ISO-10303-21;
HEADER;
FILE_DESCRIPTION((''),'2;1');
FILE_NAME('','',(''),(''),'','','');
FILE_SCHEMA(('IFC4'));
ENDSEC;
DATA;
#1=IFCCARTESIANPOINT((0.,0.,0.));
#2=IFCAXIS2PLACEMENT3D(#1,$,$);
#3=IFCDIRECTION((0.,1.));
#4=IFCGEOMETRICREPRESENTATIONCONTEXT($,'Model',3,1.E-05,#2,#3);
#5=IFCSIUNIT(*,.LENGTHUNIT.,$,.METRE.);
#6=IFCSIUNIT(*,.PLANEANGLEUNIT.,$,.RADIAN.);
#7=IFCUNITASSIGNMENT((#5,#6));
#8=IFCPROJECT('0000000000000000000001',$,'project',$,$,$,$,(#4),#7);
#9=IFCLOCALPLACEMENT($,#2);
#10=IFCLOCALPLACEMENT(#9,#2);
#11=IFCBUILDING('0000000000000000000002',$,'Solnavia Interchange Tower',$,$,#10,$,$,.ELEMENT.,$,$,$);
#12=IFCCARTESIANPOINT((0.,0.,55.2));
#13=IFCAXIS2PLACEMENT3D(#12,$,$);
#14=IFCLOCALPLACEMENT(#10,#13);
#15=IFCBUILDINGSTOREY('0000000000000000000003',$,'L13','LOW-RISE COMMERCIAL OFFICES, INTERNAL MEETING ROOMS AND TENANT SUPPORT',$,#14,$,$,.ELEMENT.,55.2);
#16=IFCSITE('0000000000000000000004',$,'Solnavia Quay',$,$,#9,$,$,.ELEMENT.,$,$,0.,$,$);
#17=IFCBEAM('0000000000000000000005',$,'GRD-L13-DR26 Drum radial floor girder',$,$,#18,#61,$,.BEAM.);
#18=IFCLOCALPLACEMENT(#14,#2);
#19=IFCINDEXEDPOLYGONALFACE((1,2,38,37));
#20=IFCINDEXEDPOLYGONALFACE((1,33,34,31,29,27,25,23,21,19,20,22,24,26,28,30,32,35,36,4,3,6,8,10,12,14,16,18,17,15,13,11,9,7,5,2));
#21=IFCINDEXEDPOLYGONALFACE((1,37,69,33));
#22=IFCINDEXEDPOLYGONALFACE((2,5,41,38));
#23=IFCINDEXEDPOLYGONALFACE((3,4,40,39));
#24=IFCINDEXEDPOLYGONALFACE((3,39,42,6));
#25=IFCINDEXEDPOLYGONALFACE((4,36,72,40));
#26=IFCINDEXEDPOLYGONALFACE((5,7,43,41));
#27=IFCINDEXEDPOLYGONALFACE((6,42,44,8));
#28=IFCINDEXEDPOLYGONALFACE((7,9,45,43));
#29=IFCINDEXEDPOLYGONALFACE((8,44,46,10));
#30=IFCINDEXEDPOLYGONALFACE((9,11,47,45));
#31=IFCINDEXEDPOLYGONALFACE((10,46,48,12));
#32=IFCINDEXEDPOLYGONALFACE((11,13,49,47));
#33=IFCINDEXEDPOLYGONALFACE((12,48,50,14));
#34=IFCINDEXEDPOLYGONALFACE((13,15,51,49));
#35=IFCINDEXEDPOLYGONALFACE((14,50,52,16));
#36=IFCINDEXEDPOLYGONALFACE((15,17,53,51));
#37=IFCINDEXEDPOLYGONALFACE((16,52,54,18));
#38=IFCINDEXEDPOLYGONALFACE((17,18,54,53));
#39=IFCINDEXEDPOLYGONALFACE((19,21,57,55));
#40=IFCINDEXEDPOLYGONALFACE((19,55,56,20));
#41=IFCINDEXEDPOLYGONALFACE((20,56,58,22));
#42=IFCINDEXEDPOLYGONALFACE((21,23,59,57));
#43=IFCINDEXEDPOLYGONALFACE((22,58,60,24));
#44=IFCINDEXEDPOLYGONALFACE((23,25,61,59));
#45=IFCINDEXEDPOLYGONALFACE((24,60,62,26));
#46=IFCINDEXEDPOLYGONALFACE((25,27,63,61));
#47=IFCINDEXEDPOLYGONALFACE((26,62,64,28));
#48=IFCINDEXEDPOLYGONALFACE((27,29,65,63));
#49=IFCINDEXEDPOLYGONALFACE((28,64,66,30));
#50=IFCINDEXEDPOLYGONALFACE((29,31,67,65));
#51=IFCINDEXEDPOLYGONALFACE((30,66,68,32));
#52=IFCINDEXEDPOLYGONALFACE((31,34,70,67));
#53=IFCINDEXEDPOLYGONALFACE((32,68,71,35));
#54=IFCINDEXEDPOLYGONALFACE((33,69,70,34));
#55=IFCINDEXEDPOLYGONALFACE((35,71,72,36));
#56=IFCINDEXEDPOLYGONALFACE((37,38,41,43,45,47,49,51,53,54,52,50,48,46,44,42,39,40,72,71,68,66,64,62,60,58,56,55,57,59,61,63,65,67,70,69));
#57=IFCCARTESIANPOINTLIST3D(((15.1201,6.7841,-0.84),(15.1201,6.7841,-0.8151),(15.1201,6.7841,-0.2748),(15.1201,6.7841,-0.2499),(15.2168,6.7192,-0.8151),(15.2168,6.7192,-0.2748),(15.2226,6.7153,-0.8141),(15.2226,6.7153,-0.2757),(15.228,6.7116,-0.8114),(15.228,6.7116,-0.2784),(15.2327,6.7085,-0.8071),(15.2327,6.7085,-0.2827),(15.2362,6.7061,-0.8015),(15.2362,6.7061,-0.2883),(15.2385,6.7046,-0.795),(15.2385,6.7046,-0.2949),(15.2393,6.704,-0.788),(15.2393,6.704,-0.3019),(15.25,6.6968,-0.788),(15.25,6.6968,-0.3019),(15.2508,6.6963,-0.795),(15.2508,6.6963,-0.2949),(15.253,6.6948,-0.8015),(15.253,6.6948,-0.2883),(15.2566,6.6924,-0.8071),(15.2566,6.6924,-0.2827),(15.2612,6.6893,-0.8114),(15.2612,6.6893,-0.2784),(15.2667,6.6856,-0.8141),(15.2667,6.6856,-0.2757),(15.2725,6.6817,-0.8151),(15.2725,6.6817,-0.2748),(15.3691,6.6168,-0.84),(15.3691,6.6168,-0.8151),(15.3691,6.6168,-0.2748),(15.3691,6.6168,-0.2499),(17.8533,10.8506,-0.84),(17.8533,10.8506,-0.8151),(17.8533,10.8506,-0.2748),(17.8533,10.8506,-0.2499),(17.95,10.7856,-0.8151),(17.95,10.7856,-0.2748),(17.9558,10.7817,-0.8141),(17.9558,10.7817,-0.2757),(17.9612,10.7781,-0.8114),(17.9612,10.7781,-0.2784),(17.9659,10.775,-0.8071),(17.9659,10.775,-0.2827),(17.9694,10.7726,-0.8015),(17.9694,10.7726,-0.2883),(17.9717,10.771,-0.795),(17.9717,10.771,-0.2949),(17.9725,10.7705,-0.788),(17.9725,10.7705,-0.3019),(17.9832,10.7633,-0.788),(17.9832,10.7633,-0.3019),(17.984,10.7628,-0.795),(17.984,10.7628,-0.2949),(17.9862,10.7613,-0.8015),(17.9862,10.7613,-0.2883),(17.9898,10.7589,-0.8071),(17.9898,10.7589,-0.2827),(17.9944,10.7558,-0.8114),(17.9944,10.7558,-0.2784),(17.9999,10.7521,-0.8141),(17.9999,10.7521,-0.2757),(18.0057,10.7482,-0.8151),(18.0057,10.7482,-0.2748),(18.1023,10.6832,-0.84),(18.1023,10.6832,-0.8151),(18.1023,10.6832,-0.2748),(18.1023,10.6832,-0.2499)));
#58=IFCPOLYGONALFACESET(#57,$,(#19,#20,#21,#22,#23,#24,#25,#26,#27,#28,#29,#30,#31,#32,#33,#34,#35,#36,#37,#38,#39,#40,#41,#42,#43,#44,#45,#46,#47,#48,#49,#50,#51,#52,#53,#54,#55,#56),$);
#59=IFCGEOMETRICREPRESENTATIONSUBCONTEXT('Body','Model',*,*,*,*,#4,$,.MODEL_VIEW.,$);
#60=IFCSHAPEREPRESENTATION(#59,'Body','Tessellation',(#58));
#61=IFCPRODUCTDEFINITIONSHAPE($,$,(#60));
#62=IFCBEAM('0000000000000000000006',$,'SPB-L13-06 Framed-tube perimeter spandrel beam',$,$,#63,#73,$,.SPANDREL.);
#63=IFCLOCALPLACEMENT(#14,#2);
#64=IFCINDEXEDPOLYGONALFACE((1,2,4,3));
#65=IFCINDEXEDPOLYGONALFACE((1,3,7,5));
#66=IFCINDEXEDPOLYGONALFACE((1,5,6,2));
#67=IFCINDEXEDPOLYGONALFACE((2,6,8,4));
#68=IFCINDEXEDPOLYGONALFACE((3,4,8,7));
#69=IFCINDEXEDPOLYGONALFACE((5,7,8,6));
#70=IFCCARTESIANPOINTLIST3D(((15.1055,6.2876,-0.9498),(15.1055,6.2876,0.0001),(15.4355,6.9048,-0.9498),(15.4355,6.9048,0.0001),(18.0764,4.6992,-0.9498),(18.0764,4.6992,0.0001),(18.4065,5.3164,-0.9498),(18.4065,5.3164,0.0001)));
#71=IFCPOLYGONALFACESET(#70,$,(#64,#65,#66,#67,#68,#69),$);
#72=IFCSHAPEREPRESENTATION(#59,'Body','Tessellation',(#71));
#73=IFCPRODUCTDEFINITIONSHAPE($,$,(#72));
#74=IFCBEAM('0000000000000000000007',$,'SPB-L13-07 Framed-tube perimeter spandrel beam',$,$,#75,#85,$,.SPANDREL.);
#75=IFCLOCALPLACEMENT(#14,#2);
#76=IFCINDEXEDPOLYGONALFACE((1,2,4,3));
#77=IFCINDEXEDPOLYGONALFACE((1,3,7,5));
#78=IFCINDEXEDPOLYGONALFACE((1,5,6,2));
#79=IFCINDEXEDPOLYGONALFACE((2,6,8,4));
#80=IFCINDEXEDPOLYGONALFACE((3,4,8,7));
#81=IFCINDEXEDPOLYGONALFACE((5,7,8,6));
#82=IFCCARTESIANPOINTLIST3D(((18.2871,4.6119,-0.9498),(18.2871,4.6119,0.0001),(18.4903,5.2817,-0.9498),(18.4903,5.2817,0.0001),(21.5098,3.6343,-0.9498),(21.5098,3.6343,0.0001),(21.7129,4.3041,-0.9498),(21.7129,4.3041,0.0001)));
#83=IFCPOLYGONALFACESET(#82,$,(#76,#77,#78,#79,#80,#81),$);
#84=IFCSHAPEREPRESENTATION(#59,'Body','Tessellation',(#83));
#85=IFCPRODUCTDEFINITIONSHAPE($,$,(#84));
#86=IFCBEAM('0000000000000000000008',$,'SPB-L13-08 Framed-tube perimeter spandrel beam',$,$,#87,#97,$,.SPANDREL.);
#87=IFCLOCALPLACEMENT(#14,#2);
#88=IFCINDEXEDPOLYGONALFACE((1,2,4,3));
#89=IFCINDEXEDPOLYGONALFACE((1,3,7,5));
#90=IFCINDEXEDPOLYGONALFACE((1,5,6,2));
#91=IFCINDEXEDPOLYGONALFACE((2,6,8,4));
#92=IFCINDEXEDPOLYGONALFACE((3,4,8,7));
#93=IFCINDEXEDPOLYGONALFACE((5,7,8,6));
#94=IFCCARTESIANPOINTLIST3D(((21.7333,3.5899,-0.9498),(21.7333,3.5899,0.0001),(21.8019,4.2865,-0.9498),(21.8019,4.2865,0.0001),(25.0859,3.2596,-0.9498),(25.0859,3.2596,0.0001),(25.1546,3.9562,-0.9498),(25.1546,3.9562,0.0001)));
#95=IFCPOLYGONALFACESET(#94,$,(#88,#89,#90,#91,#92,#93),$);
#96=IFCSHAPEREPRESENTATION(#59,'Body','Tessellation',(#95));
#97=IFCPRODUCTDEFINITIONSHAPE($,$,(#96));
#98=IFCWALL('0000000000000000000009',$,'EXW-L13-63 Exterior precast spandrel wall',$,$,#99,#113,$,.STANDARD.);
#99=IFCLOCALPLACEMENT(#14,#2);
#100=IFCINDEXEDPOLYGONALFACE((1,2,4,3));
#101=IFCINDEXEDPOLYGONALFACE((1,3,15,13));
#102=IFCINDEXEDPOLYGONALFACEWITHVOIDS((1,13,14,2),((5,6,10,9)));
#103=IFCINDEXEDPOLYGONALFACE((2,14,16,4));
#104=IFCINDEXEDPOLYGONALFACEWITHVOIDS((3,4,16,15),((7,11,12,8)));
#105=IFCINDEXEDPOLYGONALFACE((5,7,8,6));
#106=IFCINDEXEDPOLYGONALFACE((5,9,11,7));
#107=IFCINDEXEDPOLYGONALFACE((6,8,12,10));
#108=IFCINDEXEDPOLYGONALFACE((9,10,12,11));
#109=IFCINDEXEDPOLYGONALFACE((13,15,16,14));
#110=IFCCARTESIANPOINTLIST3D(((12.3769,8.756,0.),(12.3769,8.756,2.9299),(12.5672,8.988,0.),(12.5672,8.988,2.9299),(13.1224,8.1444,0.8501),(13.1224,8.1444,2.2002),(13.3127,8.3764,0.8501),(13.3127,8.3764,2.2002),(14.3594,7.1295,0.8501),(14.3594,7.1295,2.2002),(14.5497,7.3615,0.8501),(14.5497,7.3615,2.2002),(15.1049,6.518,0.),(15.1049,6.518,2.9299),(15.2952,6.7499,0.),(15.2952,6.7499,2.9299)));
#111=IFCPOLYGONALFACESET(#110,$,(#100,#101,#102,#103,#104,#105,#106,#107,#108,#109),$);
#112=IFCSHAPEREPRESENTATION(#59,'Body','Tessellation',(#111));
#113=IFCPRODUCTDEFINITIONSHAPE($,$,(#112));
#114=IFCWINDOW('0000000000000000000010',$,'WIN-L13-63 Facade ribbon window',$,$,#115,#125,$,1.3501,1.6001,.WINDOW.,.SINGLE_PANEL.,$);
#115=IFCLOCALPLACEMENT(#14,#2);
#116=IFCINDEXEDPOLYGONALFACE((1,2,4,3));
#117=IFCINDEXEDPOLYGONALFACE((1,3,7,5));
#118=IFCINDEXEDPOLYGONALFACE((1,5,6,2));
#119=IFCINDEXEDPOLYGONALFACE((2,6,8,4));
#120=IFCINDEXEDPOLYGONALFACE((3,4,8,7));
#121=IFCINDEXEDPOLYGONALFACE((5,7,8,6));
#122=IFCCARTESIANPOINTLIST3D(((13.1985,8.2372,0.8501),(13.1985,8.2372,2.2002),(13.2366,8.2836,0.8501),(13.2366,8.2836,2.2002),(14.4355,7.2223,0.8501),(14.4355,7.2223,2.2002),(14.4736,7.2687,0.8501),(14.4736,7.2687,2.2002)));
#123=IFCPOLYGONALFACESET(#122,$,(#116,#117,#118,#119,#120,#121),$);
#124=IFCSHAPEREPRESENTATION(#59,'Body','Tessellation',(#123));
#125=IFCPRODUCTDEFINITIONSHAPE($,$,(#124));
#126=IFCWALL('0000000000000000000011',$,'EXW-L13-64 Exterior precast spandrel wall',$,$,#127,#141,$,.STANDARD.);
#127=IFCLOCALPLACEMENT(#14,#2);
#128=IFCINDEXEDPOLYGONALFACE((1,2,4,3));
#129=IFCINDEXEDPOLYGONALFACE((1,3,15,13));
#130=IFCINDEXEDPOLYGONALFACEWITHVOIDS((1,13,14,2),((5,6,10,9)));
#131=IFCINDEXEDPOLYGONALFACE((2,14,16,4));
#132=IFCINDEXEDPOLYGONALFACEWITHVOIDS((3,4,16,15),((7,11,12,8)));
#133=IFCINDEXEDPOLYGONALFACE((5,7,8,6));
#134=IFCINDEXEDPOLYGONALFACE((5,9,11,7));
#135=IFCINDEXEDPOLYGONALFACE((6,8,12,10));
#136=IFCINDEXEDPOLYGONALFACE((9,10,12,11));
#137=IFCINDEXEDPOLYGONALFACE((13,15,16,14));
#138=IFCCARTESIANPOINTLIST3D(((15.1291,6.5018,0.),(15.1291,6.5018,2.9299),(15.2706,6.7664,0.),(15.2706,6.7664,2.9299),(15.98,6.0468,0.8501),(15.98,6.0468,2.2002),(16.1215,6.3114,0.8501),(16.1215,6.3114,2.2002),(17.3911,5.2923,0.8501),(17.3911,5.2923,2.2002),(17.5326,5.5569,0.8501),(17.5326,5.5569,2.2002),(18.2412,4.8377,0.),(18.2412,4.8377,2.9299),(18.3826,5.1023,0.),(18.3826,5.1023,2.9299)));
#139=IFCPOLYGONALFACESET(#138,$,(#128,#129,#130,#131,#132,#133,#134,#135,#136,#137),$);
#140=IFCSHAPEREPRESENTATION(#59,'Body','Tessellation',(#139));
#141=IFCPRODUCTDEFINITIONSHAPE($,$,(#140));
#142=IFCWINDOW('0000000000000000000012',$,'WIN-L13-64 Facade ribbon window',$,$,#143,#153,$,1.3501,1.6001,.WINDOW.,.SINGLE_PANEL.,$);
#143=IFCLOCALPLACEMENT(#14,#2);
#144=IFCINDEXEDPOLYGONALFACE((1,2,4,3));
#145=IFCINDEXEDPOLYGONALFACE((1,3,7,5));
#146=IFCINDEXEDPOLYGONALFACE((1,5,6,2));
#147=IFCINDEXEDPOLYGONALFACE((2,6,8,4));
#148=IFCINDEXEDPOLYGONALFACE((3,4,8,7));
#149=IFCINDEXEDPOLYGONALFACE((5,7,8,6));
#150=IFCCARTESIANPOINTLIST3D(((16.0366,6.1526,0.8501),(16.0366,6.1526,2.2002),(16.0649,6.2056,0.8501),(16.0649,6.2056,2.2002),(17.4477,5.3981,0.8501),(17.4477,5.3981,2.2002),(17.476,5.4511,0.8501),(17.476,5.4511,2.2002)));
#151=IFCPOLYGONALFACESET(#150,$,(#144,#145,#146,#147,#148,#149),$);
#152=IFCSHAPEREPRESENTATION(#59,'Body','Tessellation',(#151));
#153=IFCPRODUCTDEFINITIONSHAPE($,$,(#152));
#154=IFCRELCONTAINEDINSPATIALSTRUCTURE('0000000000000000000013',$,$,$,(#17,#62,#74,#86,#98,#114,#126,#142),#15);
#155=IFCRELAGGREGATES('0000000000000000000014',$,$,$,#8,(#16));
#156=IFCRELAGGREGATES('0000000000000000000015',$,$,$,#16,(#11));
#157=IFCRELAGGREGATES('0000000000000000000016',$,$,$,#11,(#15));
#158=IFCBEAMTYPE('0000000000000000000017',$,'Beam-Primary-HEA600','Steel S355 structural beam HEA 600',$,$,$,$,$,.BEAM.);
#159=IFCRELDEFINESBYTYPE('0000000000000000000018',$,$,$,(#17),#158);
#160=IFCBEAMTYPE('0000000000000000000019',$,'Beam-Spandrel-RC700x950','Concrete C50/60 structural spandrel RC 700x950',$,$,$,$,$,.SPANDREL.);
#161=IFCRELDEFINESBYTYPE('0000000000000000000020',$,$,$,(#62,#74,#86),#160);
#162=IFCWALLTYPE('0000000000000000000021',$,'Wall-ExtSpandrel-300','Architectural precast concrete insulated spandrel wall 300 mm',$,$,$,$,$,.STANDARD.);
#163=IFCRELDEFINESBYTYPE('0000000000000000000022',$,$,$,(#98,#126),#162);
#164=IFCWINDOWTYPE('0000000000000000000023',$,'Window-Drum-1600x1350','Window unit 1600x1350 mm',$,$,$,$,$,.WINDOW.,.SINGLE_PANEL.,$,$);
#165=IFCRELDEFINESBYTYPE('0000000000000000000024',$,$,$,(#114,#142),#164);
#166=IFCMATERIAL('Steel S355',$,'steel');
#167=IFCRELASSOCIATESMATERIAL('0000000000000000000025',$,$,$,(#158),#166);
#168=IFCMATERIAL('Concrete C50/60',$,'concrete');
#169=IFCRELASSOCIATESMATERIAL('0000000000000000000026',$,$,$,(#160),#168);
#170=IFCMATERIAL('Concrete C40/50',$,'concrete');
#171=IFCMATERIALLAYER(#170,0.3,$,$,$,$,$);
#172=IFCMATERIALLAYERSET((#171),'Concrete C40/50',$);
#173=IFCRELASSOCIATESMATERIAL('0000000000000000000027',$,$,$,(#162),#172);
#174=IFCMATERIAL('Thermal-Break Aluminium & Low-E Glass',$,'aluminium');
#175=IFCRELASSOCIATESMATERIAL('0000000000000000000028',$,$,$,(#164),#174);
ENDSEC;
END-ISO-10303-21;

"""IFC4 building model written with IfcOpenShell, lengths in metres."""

from ifc_helpers import new_model, si_unit, direction, frame, frame_2d, origin, origin_2d, place, context, subcontext, project, spatial, rectangle, i_section, extrude, material, layer, layer_set, material_profile, profile_set, type_object, element, fill, save


model = new_model("IFC4")

# Units and contexts
model_context = context("Model", 3, precision=1e-05, world=origin(), true_north=direction((0.0, 1.0)))
body_context = subcontext(model_context, "Body", "Model", "MODEL_VIEW")
ifc_project = project(units=[si_unit("LENGTHUNIT", "METRE"), si_unit("PLANEANGLEUNIT", "RADIAN")], contexts=[model_context])

# Site, building, storey
site_placement = place(None, origin())
site = spatial("IfcSite", under=ifc_project, at=site_placement, Name="Solnavia Quay", CompositionType="ELEMENT", RefElevation=0.0)
building_placement = place(site_placement, origin())
building = spatial("IfcBuilding", under=site, at=building_placement, Name="Solnavia Interchange Tower", CompositionType="ELEMENT")
storey_placement = place(building_placement, frame((0.0, 0.0, 55.2)))
storey = spatial("IfcBuildingStorey", under=building, at=storey_placement, Name="L13", Description="LOW-RISE COMMERCIAL OFFICES, INTERNAL MEETING ROOMS AND TENANT SUPPORT", CompositionType="ELEMENT", Elevation=55.2)

# Shared definitions
ifc_material_1 = material(Name="Steel S355", Category="steel")

# Beams
ifc_material_profile_1 = material_profile(ifc_material_1, i_section(OverallWidth=0.3, OverallDepth=0.5901, WebThickness=0.0129, FlangeThickness=0.0249, FilletRadius=0.0271, at=origin_2d()), Name="HEA 600")
ifc_profile_set_1 = profile_set([ifc_material_profile_1], Name="Steel S355")
beam_type_1 = type_object("IfcBeamType", Name="Beam-Primary-HEA600", Description="Steel S355 structural beam HEA 600", PredefinedType="BEAM", material=ifc_profile_set_1)
beam_1_placement = place(storey_placement, frame((15.2446, 6.7004, -0.5449), z_axis=(0.557835, 0.829952, 0.0), x_axis=(-0.829952, 0.557835, 0.0)))
element("IfcBeam", 1, at=beam_1_placement, inside=storey, type_object=beam_type_1, Name="GRD-L13-DR26 Drum radial floor girder", PredefinedType="BEAM", context=body_context, shape_type="SweptSolid", body=[
    extrude(i_section(OverallWidth=0.3, OverallDepth=0.5901, WebThickness=0.0129, FlangeThickness=0.0249, FilletRadius=0.0271, at=origin_2d()), origin(), (0.0, 0.0, 1.0), 4.8997),
])
ifc_material_2 = material(Name="Concrete C50/60", Category="concrete")
ifc_material_profile_2 = material_profile(ifc_material_2, rectangle(XDim=0.7, YDim=0.95, at=origin_2d()), Name="RC 700x950")
ifc_profile_set_2 = profile_set([ifc_material_profile_2], Name="Concrete C50/60")
beam_type_2 = type_object("IfcBeamType", Name="Beam-Spandrel-RC700x950", Description="Concrete C50/60 structural spandrel RC 700x950", PredefinedType="SPANDREL", material=ifc_profile_set_2)
beam_2_placement = place(storey_placement, frame((15.2705, 6.5962, -0.4749), z_axis=(0.881875, -0.471483, 0.0), x_axis=(0.471483, 0.881875, 0.0)))
element("IfcBeam", 2, at=beam_2_placement, inside=storey, type_object=beam_type_2, Name="SPB-L13-06 Framed-tube perimeter spandrel beam", PredefinedType="SPANDREL", context=body_context, shape_type="SweptSolid", body=[
    extrude(rectangle(XDim=0.7, YDim=0.95, at=origin_2d()), origin(), (0.0, 0.0, 1.0), 3.3689),
])
beam_3_placement = place(storey_placement, frame((18.3887, 4.9468, -0.4749), z_axis=(0.956944, -0.290273, 0.0), x_axis=(0.290273, 0.956944, 0.0)))
element("IfcBeam", 3, at=beam_3_placement, inside=storey, type_object=beam_type_2, Name="SPB-L13-07 Framed-tube perimeter spandrel beam", PredefinedType="SPANDREL", context=body_context, shape_type="SweptSolid", body=[
    extrude(rectangle(XDim=0.7, YDim=0.95, at=origin_2d()), origin(), (0.0, 0.0, 1.0), 3.3677),
])
beam_4_placement = place(storey_placement, frame((21.7676, 3.9382, -0.4749), z_axis=(0.995182, -0.098047, 0.0), x_axis=(0.098047, 0.995182, 0.0)))
element("IfcBeam", 4, at=beam_4_placement, inside=storey, type_object=beam_type_2, Name="SPB-L13-08 Framed-tube perimeter spandrel beam", PredefinedType="SPANDREL", context=body_context, shape_type="SweptSolid", body=[
    extrude(rectangle(XDim=0.7, YDim=0.95, at=origin_2d()), origin(), (0.0, 0.0, 1.0), 3.3689),
])

# Walls, openings, windows
ifc_material_3 = material(Name="Concrete C40/50", Category="concrete")
ifc_layer_1 = layer(ifc_material_3, 0.3)
ifc_layer_set_1 = layer_set([ifc_layer_1], Name="Concrete C40/50")
wall_type_1 = type_object("IfcWallType", Name="Wall-ExtSpandrel-300", Description="Architectural precast concrete insulated spandrel wall 300 mm", PredefinedType="STANDARD", material=ifc_layer_set_1)
wall_1_placement = place(storey_placement, frame((15.2, 6.634, 0.0), z_axis=(0.0, 0.0, 1.0), x_axis=(-0.773121, 0.634258, 0.0)))
wall_1 = element("IfcWall", 5, at=wall_1_placement, inside=storey, type_object=wall_type_1, Name="EXW-L13-63 Exterior precast spandrel wall", PredefinedType="STANDARD", context=body_context, shape_type="SweptSolid", body=[
    extrude(rectangle(XDim=3.5286, YDim=0.3, at=frame_2d((1.7642, 0.0))), origin(), (0.0, 0.0, 1.0), 2.9299),
])
opening_1_placement = place(wall_1_placement, frame((0.9641, 0.0, 0.8501)))
opening_1 = element("IfcOpeningElement", 6, at=opening_1_placement, cuts=wall_1, PredefinedType="OPENING", context=body_context, shape_type="SweptSolid", body=[
    extrude(rectangle(XDim=1.6001, YDim=1.3501, at=frame_2d((0.8, 0.675))), frame((0.0, 0.1602, 0.0), z_axis=(0.0, -1.0, 0.0), x_axis=(1.0, 0.0, 0.0)), (0.0, 0.0, 1.0), 0.3201),
])
ifc_material_4 = material(Name="Thermal-Break Aluminium & Low-E Glass", Category="aluminium")
window_type = type_object("IfcWindowType", Name="Window-Drum-1600x1350", Description="Window unit 1600x1350 mm", PartitioningType="SINGLE_PANEL", PredefinedType="WINDOW", material=ifc_material_4)
window_1_placement = place(opening_1_placement, origin())
window_1 = element("IfcWindow", 7, at=window_1_placement, inside=storey, type_object=window_type, Name="WIN-L13-63 Facade ribbon window", OverallHeight=1.3501, OverallWidth=1.6001, PartitioningType="SINGLE_PANEL", PredefinedType="WINDOW", context=body_context, shape_type="SweptSolid", body=[
    extrude(rectangle(XDim=1.6001, YDim=1.3501, at=frame_2d((0.8, 0.675))), frame((0.0, 0.03, 0.0), z_axis=(0.0, -1.0, 0.0), x_axis=(1.0, 0.0, 0.0)), (0.0, 0.0, 1.0), 0.0601),
])
fill(opening_1, window_1)
wall_2_placement = place(storey_placement, frame((18.312, 4.97, 0.0), z_axis=(0.0, 0.0, 1.0), x_axis=(-0.881847, 0.471536, 0.0)))
wall_2 = element("IfcWall", 8, at=wall_2_placement, inside=storey, type_object=wall_type_1, Name="EXW-L13-64 Exterior precast spandrel wall", PredefinedType="STANDARD", context=body_context, shape_type="SweptSolid", body=[
    extrude(rectangle(XDim=3.5291, YDim=0.3, at=frame_2d((1.7646, 0.0))), origin(), (0.0, 0.0, 1.0), 2.9299),
])
opening_2_placement = place(wall_2_placement, frame((0.9641, 0.0, 0.8501)))
opening_2 = element("IfcOpeningElement", 9, at=opening_2_placement, cuts=wall_2, PredefinedType="OPENING", context=body_context, shape_type="SweptSolid", body=[
    extrude(rectangle(XDim=1.6001, YDim=1.3501, at=frame_2d((0.8, 0.675))), frame((0.0, 0.1602, 0.0), z_axis=(0.0, -1.0, 0.0), x_axis=(1.0, 0.0, 0.0)), (0.0, 0.0, 1.0), 0.3201),
])
window_2_placement = place(opening_2_placement, origin())
window_2 = element("IfcWindow", 10, at=window_2_placement, inside=storey, type_object=window_type, Name="WIN-L13-64 Facade ribbon window", OverallHeight=1.3501, OverallWidth=1.6001, PartitioningType="SINGLE_PANEL", PredefinedType="WINDOW", context=body_context, shape_type="SweptSolid", body=[
    extrude(rectangle(XDim=1.6001, YDim=1.3501, at=frame_2d((0.8, 0.675))), frame((0.0, 0.03, 0.0), z_axis=(0.0, -1.0, 0.0), x_axis=(1.0, 0.0, 0.0)), (0.0, 0.0, 1.0), 0.0601),
])
fill(opening_2, window_2)

save(model, "model.ifc")
